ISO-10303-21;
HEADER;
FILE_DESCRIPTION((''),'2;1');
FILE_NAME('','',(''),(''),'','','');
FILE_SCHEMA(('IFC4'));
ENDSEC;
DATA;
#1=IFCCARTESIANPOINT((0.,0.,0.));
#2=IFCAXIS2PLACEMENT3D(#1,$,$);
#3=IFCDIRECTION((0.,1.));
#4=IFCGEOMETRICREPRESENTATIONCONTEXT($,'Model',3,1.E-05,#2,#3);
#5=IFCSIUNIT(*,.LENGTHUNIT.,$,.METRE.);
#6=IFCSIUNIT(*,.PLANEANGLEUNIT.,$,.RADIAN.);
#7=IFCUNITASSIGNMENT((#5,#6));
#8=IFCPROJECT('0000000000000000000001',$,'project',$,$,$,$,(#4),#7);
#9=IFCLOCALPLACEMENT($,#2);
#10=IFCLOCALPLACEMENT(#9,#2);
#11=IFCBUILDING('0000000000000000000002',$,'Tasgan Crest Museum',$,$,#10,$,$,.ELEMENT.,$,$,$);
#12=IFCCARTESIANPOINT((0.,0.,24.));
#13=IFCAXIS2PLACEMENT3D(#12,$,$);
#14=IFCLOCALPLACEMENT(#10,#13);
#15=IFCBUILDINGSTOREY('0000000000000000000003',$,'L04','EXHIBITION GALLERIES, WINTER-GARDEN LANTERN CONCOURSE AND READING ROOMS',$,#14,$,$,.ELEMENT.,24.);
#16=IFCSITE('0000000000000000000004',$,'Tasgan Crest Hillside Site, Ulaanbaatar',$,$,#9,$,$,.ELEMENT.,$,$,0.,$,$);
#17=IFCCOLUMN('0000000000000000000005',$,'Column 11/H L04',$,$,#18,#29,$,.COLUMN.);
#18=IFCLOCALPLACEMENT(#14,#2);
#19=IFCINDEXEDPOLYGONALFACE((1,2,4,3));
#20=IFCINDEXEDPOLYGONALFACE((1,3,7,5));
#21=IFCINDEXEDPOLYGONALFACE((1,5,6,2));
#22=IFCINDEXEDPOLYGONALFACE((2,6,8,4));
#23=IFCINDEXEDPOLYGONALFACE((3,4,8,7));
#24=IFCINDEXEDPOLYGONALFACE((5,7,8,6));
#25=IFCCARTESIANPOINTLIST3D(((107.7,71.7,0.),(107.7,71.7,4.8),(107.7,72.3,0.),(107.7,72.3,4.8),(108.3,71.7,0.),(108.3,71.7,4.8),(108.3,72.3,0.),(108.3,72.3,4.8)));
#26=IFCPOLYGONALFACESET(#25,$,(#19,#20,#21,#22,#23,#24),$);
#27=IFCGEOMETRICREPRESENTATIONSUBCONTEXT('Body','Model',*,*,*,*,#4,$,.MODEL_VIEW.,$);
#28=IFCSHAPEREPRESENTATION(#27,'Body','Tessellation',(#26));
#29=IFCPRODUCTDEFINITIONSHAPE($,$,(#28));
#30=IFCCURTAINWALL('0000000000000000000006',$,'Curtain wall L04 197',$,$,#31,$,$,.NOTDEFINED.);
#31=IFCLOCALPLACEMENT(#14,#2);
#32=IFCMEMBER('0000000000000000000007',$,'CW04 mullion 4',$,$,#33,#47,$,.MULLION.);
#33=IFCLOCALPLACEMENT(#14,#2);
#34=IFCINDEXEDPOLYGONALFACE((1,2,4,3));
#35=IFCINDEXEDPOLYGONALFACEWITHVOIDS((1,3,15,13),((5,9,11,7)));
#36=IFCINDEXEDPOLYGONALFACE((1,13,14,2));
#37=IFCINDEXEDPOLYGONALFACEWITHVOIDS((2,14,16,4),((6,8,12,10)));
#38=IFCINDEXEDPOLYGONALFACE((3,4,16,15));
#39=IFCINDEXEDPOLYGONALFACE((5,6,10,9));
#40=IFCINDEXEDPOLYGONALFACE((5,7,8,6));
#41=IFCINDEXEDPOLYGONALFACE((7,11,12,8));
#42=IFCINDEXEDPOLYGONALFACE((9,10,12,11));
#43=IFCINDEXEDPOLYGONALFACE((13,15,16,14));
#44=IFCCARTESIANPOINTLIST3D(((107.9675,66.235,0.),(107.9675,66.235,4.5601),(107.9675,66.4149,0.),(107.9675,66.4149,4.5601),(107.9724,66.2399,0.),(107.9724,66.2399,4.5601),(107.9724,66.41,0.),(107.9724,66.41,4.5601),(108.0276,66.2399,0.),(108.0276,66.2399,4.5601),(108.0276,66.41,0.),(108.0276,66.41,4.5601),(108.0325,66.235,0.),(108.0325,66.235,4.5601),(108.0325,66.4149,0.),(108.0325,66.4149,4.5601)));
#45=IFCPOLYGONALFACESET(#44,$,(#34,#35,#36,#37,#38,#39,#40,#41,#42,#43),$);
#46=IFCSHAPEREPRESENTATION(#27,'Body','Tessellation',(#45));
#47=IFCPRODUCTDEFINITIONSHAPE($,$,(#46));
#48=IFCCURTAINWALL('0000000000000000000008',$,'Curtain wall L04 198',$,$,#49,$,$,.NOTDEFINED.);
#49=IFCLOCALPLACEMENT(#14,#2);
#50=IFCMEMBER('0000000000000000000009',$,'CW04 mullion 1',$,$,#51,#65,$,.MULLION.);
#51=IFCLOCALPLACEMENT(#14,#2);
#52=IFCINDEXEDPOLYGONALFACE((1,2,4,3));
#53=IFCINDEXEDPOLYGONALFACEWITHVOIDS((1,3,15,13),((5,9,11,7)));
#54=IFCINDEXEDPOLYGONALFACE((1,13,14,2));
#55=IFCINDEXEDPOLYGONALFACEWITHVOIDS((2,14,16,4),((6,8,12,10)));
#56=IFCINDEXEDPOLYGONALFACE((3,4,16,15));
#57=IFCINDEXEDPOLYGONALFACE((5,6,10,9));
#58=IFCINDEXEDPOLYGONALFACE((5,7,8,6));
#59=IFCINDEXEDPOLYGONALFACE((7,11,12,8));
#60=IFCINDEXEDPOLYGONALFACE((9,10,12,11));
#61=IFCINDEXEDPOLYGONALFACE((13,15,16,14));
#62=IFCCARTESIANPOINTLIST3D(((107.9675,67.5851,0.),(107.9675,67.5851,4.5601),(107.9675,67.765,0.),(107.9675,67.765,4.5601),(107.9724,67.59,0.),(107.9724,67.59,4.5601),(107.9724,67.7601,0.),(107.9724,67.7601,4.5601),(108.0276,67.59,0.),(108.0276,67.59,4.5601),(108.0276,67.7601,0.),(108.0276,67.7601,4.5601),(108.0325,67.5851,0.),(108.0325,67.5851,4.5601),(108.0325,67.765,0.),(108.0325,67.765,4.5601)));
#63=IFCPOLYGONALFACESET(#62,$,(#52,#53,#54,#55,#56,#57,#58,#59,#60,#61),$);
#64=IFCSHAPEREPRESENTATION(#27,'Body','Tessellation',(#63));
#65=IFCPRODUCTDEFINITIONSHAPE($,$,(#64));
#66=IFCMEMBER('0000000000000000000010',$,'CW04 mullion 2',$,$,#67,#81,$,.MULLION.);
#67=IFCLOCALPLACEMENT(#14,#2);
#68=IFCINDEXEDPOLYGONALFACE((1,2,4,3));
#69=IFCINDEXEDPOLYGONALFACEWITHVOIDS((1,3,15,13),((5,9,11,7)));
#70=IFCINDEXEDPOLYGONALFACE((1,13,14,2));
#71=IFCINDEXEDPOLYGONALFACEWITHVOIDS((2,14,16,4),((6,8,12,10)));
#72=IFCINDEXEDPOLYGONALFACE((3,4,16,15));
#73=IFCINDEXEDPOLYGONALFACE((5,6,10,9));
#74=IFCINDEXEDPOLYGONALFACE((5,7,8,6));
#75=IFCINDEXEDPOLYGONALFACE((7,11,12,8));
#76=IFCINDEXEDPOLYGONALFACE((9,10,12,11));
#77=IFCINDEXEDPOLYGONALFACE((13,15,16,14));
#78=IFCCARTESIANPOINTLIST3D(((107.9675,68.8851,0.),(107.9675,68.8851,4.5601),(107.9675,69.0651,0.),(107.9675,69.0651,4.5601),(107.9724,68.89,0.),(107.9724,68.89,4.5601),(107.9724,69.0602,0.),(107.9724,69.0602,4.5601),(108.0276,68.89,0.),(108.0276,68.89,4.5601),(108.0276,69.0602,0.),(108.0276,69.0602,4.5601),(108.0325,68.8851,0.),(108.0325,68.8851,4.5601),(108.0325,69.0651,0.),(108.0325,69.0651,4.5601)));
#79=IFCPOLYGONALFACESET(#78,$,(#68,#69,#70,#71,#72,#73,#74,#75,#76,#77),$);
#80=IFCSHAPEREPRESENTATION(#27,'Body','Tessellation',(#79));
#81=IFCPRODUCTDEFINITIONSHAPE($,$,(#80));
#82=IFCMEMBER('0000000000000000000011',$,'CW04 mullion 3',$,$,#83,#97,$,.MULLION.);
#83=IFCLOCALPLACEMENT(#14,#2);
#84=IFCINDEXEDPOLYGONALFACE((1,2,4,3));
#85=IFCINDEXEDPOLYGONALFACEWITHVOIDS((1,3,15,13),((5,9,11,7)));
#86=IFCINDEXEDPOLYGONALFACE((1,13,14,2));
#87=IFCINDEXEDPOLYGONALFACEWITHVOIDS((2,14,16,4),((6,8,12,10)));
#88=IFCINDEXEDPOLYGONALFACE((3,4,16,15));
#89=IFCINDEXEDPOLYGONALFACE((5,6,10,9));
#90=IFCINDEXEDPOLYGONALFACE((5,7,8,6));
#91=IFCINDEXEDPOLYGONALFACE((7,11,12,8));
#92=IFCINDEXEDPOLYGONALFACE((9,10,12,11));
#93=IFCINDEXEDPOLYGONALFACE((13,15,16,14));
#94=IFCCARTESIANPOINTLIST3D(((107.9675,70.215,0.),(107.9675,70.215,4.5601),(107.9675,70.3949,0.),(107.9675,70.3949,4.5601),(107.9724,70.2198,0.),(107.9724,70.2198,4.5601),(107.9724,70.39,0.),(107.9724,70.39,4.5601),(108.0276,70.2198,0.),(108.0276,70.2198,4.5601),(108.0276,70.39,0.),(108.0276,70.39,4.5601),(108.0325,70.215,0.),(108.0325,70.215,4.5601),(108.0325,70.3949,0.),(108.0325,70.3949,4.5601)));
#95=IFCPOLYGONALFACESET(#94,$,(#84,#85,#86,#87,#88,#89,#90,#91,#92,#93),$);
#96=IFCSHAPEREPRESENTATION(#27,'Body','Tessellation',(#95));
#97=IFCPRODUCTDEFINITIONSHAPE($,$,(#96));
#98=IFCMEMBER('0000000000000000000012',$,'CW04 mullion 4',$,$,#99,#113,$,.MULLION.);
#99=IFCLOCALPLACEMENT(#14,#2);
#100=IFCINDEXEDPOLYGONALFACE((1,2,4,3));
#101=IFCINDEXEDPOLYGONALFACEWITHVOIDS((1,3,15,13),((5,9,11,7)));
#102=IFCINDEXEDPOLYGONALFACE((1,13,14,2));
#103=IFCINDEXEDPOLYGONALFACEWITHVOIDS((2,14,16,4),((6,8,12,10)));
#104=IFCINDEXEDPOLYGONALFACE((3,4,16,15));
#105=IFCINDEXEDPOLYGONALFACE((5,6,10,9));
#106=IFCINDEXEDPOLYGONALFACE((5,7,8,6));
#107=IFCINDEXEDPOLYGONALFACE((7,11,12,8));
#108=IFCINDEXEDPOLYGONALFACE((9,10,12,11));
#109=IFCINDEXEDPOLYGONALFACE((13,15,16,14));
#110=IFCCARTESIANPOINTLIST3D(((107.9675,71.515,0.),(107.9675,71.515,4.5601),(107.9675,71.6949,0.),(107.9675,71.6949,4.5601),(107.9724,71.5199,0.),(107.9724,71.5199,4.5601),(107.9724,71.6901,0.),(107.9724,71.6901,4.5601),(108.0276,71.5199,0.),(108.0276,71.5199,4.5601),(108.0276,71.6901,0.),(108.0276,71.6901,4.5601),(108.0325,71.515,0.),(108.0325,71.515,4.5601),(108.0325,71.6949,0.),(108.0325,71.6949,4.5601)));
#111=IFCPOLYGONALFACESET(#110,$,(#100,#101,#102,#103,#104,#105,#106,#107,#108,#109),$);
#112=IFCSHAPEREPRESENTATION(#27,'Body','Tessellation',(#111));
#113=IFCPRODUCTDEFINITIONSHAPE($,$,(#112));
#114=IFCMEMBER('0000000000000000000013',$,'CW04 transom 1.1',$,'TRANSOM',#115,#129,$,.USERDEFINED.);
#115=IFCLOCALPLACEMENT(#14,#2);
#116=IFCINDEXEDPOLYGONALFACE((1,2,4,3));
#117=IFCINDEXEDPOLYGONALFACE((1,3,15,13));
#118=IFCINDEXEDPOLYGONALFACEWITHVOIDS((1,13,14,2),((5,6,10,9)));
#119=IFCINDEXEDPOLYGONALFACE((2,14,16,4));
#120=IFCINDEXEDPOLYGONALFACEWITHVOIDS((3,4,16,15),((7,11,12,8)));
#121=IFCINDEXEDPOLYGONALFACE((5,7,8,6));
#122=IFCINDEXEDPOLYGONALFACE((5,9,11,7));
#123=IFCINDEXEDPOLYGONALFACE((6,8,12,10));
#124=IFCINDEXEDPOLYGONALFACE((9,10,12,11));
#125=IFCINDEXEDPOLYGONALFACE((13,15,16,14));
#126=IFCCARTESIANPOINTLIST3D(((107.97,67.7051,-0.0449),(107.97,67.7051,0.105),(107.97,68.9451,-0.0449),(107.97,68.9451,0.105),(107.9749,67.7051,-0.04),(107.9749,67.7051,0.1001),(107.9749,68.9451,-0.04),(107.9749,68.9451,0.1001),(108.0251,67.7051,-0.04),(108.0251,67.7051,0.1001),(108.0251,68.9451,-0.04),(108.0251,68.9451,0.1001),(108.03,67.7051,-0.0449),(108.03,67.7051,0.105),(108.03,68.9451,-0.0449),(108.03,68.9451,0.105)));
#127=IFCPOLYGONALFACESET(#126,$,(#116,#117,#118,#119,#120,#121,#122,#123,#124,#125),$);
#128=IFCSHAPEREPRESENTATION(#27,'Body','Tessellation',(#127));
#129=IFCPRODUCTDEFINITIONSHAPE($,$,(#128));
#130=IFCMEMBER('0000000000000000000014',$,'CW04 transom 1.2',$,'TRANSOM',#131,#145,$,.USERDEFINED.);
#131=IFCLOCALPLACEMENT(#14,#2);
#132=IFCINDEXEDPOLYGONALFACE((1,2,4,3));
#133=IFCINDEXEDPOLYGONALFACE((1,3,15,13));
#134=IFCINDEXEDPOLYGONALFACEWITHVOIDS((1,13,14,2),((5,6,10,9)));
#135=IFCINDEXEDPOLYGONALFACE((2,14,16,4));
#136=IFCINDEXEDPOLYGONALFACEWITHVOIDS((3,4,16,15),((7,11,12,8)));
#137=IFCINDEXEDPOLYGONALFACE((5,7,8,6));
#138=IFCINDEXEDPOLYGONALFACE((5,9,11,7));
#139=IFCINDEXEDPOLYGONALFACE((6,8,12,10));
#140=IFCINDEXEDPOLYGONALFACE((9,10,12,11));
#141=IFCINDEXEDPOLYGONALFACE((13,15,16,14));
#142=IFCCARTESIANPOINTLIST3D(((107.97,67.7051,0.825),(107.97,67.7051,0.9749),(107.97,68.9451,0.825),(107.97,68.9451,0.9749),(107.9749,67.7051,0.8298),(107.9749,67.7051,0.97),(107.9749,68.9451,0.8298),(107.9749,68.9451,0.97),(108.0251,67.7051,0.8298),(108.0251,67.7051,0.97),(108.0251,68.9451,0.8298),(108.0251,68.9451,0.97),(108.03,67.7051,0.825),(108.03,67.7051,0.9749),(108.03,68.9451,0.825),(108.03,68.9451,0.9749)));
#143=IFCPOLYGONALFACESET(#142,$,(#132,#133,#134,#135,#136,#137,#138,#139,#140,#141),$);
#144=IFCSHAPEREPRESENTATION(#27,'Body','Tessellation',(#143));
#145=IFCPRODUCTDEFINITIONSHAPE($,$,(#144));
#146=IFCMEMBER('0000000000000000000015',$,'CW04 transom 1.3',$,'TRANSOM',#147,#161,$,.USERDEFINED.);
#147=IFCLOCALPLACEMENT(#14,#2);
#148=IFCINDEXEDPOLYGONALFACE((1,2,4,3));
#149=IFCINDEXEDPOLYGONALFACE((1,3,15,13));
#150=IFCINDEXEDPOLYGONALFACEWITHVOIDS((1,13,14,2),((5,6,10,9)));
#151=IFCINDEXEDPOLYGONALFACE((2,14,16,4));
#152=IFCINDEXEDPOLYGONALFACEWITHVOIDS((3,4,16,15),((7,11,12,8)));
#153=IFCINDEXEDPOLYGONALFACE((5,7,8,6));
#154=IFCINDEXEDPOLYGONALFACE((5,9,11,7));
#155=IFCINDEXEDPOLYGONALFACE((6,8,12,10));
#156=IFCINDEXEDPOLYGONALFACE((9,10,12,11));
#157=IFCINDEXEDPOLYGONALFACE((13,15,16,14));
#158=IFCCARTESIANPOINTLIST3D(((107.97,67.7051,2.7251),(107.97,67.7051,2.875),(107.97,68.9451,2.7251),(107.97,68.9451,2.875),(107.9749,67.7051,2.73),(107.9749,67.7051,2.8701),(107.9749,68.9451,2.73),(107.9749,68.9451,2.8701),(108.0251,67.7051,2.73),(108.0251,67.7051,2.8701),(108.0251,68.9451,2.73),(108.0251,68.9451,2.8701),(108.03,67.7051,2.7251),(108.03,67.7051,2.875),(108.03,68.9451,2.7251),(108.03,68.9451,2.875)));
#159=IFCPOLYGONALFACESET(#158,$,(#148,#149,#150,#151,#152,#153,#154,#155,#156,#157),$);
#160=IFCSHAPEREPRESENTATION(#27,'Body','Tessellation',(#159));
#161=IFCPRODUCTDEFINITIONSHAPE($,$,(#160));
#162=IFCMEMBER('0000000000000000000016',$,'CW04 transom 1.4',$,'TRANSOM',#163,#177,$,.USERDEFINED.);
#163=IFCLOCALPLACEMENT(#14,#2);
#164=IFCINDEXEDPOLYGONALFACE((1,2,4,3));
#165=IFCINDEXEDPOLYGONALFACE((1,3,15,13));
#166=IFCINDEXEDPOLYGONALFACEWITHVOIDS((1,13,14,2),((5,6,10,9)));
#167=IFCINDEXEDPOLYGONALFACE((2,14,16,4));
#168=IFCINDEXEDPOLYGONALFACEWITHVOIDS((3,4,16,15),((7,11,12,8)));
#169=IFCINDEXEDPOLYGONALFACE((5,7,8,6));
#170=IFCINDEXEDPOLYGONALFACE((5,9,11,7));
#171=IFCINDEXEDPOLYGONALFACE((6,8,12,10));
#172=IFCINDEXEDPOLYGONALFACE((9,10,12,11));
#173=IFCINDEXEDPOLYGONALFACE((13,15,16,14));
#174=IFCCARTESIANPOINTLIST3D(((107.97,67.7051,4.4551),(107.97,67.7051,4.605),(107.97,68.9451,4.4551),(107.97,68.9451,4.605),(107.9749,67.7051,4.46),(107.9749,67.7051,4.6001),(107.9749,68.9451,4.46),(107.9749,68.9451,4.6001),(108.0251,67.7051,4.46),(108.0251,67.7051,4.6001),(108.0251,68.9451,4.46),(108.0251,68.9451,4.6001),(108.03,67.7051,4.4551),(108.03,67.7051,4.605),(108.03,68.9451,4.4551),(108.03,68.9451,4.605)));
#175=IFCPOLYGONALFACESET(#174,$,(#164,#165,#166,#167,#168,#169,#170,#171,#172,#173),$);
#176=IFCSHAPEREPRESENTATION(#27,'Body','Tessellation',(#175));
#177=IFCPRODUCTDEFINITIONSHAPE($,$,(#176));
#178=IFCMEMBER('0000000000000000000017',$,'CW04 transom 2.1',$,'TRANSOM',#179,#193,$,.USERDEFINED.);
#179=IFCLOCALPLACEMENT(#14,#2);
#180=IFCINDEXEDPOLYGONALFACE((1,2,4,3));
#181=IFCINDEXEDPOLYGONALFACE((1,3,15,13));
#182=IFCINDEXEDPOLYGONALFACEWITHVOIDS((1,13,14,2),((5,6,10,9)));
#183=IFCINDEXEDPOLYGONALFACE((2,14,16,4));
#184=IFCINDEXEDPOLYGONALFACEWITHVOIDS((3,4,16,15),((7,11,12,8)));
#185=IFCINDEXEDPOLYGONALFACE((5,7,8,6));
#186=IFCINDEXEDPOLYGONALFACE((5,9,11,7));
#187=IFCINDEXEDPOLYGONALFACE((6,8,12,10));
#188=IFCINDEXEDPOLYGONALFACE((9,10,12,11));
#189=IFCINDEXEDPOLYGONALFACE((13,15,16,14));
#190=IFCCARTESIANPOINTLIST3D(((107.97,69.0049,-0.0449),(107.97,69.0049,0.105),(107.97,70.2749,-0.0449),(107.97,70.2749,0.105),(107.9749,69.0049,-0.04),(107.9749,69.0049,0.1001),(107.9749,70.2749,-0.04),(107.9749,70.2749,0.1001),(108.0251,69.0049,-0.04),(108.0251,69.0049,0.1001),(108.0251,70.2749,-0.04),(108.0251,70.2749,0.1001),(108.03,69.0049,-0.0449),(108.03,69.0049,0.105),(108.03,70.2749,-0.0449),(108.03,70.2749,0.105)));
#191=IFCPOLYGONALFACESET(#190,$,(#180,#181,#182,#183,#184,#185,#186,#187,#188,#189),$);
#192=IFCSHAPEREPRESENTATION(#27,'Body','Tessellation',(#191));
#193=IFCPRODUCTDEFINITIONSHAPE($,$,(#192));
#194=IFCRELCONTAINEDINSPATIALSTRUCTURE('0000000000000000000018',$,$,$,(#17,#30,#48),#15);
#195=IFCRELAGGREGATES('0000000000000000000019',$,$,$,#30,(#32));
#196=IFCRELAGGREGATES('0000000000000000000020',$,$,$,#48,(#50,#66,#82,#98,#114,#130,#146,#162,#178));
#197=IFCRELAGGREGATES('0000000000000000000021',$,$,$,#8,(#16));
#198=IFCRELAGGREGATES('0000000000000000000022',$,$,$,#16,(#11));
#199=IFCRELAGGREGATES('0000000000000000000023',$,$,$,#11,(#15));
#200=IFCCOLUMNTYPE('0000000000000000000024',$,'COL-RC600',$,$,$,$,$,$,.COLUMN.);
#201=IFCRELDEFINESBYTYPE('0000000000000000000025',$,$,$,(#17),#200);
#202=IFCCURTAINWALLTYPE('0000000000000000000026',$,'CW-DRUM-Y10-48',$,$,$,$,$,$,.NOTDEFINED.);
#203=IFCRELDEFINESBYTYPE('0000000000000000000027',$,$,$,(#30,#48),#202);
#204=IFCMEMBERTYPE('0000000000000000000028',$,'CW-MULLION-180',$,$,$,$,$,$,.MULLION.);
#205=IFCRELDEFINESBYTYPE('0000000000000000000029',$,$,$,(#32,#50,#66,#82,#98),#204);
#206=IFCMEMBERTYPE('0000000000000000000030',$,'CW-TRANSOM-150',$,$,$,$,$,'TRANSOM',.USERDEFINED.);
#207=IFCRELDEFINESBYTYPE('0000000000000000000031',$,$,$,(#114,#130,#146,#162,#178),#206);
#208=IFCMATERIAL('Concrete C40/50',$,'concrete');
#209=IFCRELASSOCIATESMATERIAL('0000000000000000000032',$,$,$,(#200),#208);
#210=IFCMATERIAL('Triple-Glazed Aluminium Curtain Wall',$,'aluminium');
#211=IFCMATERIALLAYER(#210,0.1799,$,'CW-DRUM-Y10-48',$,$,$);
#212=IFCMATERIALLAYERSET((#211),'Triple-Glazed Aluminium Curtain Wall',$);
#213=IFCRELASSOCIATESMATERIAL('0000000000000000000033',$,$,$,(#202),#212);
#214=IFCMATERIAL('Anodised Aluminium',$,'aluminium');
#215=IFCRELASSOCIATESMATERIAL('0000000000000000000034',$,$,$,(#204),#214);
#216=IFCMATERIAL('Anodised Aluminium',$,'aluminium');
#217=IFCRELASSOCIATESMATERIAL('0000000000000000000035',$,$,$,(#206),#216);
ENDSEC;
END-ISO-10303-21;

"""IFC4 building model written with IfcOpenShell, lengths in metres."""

from ifc_helpers import new_model, si_unit, direction, frame, origin, origin_2d, place, context, subcontext, project, spatial, rectangle, hollow_rectangle, extrude, material, layer, layer_set, material_profile, profile_set, type_object, element, aggregate, save


model = new_model("IFC4")

# Units and contexts
model_context = context("Model", 3, precision=1e-05, world=origin(), true_north=direction((0.0, 1.0)))
body_context = subcontext(model_context, "Body", "Model", "MODEL_VIEW")
ifc_project = project(units=[si_unit("LENGTHUNIT", "METRE"), si_unit("PLANEANGLEUNIT", "RADIAN")], contexts=[model_context])

# Site, building, storey
site_placement = place(None, origin())
site = spatial("IfcSite", under=ifc_project, at=site_placement, Name="Tasgan Crest Hillside Site, Ulaanbaatar", CompositionType="ELEMENT", RefElevation=0.0)
building_placement = place(site_placement, origin())
building = spatial("IfcBuilding", under=site, at=building_placement, Name="Tasgan Crest Museum", CompositionType="ELEMENT")
storey_placement = place(building_placement, frame((0.0, 0.0, 24.0)))
storey = spatial("IfcBuildingStorey", under=building, at=storey_placement, Name="L04", Description="EXHIBITION GALLERIES, WINTER-GARDEN LANTERN CONCOURSE AND READING ROOMS", CompositionType="ELEMENT", Elevation=24.0)

# Column
ifc_material_1 = material(Name="Concrete C40/50", Category="concrete")
ifc_material_profile_1 = material_profile(ifc_material_1, rectangle(XDim=0.6001, YDim=0.6001, at=origin_2d()), Name="RC 600x600")
ifc_profile_set_1 = profile_set([ifc_material_profile_1], Name="Concrete C40/50")
column_type = type_object("IfcColumnType", Name="COL-RC600", PredefinedType="COLUMN", material=ifc_profile_set_1)
column_placement = place(storey_placement, frame((108.0, 72.0, 0.0), z_axis=(0.0, 0.0, 1.0), x_axis=(1.0, 0.0, 0.0)))
element("IfcColumn", 1, at=column_placement, inside=storey, type_object=column_type, Name="Column 11/H L04", PredefinedType="COLUMN", context=body_context, shape_type="SweptSolid", body=[
    extrude(rectangle(XDim=0.6001, YDim=0.6001, at=origin_2d()), origin(), (0.0, 0.0, 1.0), 4.8),
])

# Curtain wall, member
ifc_material_2 = material(Name="Triple-Glazed Aluminium Curtain Wall", Category="aluminium")
ifc_layer_1 = layer(ifc_material_2, 0.1799, Name="CW-DRUM-Y10-48")
ifc_layer_set_1 = layer_set([ifc_layer_1], Name="Triple-Glazed Aluminium Curtain Wall")
curtain_wall_type = type_object("IfcCurtainWallType", Name="CW-DRUM-Y10-48", PredefinedType="NOTDEFINED", material=ifc_layer_set_1)
curtain_wall_1_placement = place(storey_placement, origin())
curtain_wall_1 = element("IfcCurtainWall", 2, at=curtain_wall_1_placement, inside=storey, type_object=curtain_wall_type, Name="Curtain wall L04 197", PredefinedType="NOTDEFINED")
ifc_material_3 = material(Name="Anodised Aluminium", Category="aluminium")
ifc_material_profile_2 = material_profile(ifc_material_3, hollow_rectangle(XDim=0.0649, YDim=0.1799, WallThickness=0.0049, at=origin_2d()), Name="ALU MULLION 180x65x5")
ifc_profile_set_2 = profile_set([ifc_material_profile_2], Name="Anodised Aluminium")
member_type_1 = type_object("IfcMemberType", Name="CW-MULLION-180", PredefinedType="MULLION", material=ifc_profile_set_2)
member_1_placement = place(storey_placement, frame((108.0, 66.325, 0.0), z_axis=(0.0, 0.0, 1.0), x_axis=(-1.0, 0.0, 0.0)))
member_1 = element("IfcMember", 3, at=member_1_placement, type_object=member_type_1, Name="CW04 mullion 4", PredefinedType="MULLION", context=body_context, shape_type="SweptSolid", body=[
    extrude(hollow_rectangle(XDim=0.0649, YDim=0.1799, WallThickness=0.0049, at=origin_2d()), origin(), (0.0, 0.0, 1.0), 4.5601),
])

# Curtain wall, members
curtain_wall_2_placement = place(storey_placement, origin())
curtain_wall_2 = element("IfcCurtainWall", 4, at=curtain_wall_2_placement, inside=storey, type_object=curtain_wall_type, Name="Curtain wall L04 198", PredefinedType="NOTDEFINED")
member_2_placement = place(storey_placement, frame((108.0, 67.675, 0.0), z_axis=(0.0, 0.0, 1.0), x_axis=(-1.0, 0.0, 0.0)))
member_2 = element("IfcMember", 5, at=member_2_placement, type_object=member_type_1, Name="CW04 mullion 1", PredefinedType="MULLION", context=body_context, shape_type="SweptSolid", body=[
    extrude(hollow_rectangle(XDim=0.0649, YDim=0.1799, WallThickness=0.0049, at=origin_2d()), origin(), (0.0, 0.0, 1.0), 4.5601),
])
member_3_placement = place(storey_placement, frame((108.0, 68.9751, 0.0), z_axis=(0.0, 0.0, 1.0), x_axis=(-1.0, 0.0, 0.0)))
member_3 = element("IfcMember", 6, at=member_3_placement, type_object=member_type_1, Name="CW04 mullion 2", PredefinedType="MULLION", context=body_context, shape_type="SweptSolid", body=[
    extrude(hollow_rectangle(XDim=0.0649, YDim=0.1799, WallThickness=0.0049, at=origin_2d()), origin(), (0.0, 0.0, 1.0), 4.5601),
])
member_4_placement = place(storey_placement, frame((108.0, 70.3049, 0.0), z_axis=(0.0, 0.0, 1.0), x_axis=(-1.0, 0.0, 0.0)))
member_4 = element("IfcMember", 7, at=member_4_placement, type_object=member_type_1, Name="CW04 mullion 3", PredefinedType="MULLION", context=body_context, shape_type="SweptSolid", body=[
    extrude(hollow_rectangle(XDim=0.0649, YDim=0.1799, WallThickness=0.0049, at=origin_2d()), origin(), (0.0, 0.0, 1.0), 4.5601),
])
member_5_placement = place(storey_placement, frame((108.0, 71.605, 0.0), z_axis=(0.0, 0.0, 1.0), x_axis=(-1.0, 0.0, 0.0)))
member_5 = element("IfcMember", 8, at=member_5_placement, type_object=member_type_1, Name="CW04 mullion 4", PredefinedType="MULLION", context=body_context, shape_type="SweptSolid", body=[
    extrude(hollow_rectangle(XDim=0.0649, YDim=0.1799, WallThickness=0.0049, at=origin_2d()), origin(), (0.0, 0.0, 1.0), 4.5601),
])
ifc_material_4 = material(Name="Anodised Aluminium", Category="aluminium")
ifc_material_profile_3 = material_profile(ifc_material_4, hollow_rectangle(XDim=0.0601, YDim=0.1499, WallThickness=0.0049, at=origin_2d()), Name="ALU TRANSOM 150x60x5")
ifc_profile_set_3 = profile_set([ifc_material_profile_3], Name="Anodised Aluminium")
member_type_2 = type_object("IfcMemberType", Name="CW-TRANSOM-150", ElementType="TRANSOM", PredefinedType="USERDEFINED", material=ifc_profile_set_3)
member_6_placement = place(storey_placement, frame((108.0, 67.7051, 0.03), z_axis=(0.0, 1.0, 0.0), x_axis=(-1.0, 0.0, 0.0)))
member_6 = element("IfcMember", 9, at=member_6_placement, type_object=member_type_2, Name="CW04 transom 1.1", ObjectType="TRANSOM", PredefinedType="USERDEFINED", context=body_context, shape_type="SweptSolid", body=[
    extrude(hollow_rectangle(XDim=0.0601, YDim=0.1499, WallThickness=0.0049, at=origin_2d()), origin(), (0.0, 0.0, 1.0), 1.24),
])
member_7_placement = place(storey_placement, frame((108.0, 67.7051, 0.8999), z_axis=(0.0, 1.0, 0.0), x_axis=(-1.0, 0.0, 0.0)))
member_7 = element("IfcMember", 10, at=member_7_placement, type_object=member_type_2, Name="CW04 transom 1.2", ObjectType="TRANSOM", PredefinedType="USERDEFINED", context=body_context, shape_type="SweptSolid", body=[
    extrude(hollow_rectangle(XDim=0.0601, YDim=0.1499, WallThickness=0.0049, at=origin_2d()), origin(), (0.0, 0.0, 1.0), 1.24),
])
member_8_placement = place(storey_placement, frame((108.0, 67.7051, 2.8), z_axis=(0.0, 1.0, 0.0), x_axis=(-1.0, 0.0, 0.0)))
member_8 = element("IfcMember", 11, at=member_8_placement, type_object=member_type_2, Name="CW04 transom 1.3", ObjectType="TRANSOM", PredefinedType="USERDEFINED", context=body_context, shape_type="SweptSolid", body=[
    extrude(hollow_rectangle(XDim=0.0601, YDim=0.1499, WallThickness=0.0049, at=origin_2d()), origin(), (0.0, 0.0, 1.0), 1.24),
])
member_9_placement = place(storey_placement, frame((108.0, 67.7051, 4.53), z_axis=(0.0, 1.0, 0.0), x_axis=(-1.0, 0.0, 0.0)))
member_9 = element("IfcMember", 12, at=member_9_placement, type_object=member_type_2, Name="CW04 transom 1.4", ObjectType="TRANSOM", PredefinedType="USERDEFINED", context=body_context, shape_type="SweptSolid", body=[
    extrude(hollow_rectangle(XDim=0.0601, YDim=0.1499, WallThickness=0.0049, at=origin_2d()), origin(), (0.0, 0.0, 1.0), 1.24),
])
member_10_placement = place(storey_placement, frame((108.0, 69.0049, 0.03), z_axis=(0.0, 1.0, 0.0), x_axis=(-1.0, 0.0, 0.0)))
member_10 = element("IfcMember", 13, at=member_10_placement, type_object=member_type_2, Name="CW04 transom 2.1", ObjectType="TRANSOM", PredefinedType="USERDEFINED", context=body_context, shape_type="SweptSolid", body=[
    extrude(hollow_rectangle(XDim=0.0601, YDim=0.1499, WallThickness=0.0049, at=origin_2d()), origin(), (0.0, 0.0, 1.0), 1.27),
])

aggregate(curtain_wall_1, [member_1])
aggregate(curtain_wall_2, [member_2, member_3, member_4, member_5, member_6, member_7, member_8, member_9, member_10])

save(model, "model.ifc")
